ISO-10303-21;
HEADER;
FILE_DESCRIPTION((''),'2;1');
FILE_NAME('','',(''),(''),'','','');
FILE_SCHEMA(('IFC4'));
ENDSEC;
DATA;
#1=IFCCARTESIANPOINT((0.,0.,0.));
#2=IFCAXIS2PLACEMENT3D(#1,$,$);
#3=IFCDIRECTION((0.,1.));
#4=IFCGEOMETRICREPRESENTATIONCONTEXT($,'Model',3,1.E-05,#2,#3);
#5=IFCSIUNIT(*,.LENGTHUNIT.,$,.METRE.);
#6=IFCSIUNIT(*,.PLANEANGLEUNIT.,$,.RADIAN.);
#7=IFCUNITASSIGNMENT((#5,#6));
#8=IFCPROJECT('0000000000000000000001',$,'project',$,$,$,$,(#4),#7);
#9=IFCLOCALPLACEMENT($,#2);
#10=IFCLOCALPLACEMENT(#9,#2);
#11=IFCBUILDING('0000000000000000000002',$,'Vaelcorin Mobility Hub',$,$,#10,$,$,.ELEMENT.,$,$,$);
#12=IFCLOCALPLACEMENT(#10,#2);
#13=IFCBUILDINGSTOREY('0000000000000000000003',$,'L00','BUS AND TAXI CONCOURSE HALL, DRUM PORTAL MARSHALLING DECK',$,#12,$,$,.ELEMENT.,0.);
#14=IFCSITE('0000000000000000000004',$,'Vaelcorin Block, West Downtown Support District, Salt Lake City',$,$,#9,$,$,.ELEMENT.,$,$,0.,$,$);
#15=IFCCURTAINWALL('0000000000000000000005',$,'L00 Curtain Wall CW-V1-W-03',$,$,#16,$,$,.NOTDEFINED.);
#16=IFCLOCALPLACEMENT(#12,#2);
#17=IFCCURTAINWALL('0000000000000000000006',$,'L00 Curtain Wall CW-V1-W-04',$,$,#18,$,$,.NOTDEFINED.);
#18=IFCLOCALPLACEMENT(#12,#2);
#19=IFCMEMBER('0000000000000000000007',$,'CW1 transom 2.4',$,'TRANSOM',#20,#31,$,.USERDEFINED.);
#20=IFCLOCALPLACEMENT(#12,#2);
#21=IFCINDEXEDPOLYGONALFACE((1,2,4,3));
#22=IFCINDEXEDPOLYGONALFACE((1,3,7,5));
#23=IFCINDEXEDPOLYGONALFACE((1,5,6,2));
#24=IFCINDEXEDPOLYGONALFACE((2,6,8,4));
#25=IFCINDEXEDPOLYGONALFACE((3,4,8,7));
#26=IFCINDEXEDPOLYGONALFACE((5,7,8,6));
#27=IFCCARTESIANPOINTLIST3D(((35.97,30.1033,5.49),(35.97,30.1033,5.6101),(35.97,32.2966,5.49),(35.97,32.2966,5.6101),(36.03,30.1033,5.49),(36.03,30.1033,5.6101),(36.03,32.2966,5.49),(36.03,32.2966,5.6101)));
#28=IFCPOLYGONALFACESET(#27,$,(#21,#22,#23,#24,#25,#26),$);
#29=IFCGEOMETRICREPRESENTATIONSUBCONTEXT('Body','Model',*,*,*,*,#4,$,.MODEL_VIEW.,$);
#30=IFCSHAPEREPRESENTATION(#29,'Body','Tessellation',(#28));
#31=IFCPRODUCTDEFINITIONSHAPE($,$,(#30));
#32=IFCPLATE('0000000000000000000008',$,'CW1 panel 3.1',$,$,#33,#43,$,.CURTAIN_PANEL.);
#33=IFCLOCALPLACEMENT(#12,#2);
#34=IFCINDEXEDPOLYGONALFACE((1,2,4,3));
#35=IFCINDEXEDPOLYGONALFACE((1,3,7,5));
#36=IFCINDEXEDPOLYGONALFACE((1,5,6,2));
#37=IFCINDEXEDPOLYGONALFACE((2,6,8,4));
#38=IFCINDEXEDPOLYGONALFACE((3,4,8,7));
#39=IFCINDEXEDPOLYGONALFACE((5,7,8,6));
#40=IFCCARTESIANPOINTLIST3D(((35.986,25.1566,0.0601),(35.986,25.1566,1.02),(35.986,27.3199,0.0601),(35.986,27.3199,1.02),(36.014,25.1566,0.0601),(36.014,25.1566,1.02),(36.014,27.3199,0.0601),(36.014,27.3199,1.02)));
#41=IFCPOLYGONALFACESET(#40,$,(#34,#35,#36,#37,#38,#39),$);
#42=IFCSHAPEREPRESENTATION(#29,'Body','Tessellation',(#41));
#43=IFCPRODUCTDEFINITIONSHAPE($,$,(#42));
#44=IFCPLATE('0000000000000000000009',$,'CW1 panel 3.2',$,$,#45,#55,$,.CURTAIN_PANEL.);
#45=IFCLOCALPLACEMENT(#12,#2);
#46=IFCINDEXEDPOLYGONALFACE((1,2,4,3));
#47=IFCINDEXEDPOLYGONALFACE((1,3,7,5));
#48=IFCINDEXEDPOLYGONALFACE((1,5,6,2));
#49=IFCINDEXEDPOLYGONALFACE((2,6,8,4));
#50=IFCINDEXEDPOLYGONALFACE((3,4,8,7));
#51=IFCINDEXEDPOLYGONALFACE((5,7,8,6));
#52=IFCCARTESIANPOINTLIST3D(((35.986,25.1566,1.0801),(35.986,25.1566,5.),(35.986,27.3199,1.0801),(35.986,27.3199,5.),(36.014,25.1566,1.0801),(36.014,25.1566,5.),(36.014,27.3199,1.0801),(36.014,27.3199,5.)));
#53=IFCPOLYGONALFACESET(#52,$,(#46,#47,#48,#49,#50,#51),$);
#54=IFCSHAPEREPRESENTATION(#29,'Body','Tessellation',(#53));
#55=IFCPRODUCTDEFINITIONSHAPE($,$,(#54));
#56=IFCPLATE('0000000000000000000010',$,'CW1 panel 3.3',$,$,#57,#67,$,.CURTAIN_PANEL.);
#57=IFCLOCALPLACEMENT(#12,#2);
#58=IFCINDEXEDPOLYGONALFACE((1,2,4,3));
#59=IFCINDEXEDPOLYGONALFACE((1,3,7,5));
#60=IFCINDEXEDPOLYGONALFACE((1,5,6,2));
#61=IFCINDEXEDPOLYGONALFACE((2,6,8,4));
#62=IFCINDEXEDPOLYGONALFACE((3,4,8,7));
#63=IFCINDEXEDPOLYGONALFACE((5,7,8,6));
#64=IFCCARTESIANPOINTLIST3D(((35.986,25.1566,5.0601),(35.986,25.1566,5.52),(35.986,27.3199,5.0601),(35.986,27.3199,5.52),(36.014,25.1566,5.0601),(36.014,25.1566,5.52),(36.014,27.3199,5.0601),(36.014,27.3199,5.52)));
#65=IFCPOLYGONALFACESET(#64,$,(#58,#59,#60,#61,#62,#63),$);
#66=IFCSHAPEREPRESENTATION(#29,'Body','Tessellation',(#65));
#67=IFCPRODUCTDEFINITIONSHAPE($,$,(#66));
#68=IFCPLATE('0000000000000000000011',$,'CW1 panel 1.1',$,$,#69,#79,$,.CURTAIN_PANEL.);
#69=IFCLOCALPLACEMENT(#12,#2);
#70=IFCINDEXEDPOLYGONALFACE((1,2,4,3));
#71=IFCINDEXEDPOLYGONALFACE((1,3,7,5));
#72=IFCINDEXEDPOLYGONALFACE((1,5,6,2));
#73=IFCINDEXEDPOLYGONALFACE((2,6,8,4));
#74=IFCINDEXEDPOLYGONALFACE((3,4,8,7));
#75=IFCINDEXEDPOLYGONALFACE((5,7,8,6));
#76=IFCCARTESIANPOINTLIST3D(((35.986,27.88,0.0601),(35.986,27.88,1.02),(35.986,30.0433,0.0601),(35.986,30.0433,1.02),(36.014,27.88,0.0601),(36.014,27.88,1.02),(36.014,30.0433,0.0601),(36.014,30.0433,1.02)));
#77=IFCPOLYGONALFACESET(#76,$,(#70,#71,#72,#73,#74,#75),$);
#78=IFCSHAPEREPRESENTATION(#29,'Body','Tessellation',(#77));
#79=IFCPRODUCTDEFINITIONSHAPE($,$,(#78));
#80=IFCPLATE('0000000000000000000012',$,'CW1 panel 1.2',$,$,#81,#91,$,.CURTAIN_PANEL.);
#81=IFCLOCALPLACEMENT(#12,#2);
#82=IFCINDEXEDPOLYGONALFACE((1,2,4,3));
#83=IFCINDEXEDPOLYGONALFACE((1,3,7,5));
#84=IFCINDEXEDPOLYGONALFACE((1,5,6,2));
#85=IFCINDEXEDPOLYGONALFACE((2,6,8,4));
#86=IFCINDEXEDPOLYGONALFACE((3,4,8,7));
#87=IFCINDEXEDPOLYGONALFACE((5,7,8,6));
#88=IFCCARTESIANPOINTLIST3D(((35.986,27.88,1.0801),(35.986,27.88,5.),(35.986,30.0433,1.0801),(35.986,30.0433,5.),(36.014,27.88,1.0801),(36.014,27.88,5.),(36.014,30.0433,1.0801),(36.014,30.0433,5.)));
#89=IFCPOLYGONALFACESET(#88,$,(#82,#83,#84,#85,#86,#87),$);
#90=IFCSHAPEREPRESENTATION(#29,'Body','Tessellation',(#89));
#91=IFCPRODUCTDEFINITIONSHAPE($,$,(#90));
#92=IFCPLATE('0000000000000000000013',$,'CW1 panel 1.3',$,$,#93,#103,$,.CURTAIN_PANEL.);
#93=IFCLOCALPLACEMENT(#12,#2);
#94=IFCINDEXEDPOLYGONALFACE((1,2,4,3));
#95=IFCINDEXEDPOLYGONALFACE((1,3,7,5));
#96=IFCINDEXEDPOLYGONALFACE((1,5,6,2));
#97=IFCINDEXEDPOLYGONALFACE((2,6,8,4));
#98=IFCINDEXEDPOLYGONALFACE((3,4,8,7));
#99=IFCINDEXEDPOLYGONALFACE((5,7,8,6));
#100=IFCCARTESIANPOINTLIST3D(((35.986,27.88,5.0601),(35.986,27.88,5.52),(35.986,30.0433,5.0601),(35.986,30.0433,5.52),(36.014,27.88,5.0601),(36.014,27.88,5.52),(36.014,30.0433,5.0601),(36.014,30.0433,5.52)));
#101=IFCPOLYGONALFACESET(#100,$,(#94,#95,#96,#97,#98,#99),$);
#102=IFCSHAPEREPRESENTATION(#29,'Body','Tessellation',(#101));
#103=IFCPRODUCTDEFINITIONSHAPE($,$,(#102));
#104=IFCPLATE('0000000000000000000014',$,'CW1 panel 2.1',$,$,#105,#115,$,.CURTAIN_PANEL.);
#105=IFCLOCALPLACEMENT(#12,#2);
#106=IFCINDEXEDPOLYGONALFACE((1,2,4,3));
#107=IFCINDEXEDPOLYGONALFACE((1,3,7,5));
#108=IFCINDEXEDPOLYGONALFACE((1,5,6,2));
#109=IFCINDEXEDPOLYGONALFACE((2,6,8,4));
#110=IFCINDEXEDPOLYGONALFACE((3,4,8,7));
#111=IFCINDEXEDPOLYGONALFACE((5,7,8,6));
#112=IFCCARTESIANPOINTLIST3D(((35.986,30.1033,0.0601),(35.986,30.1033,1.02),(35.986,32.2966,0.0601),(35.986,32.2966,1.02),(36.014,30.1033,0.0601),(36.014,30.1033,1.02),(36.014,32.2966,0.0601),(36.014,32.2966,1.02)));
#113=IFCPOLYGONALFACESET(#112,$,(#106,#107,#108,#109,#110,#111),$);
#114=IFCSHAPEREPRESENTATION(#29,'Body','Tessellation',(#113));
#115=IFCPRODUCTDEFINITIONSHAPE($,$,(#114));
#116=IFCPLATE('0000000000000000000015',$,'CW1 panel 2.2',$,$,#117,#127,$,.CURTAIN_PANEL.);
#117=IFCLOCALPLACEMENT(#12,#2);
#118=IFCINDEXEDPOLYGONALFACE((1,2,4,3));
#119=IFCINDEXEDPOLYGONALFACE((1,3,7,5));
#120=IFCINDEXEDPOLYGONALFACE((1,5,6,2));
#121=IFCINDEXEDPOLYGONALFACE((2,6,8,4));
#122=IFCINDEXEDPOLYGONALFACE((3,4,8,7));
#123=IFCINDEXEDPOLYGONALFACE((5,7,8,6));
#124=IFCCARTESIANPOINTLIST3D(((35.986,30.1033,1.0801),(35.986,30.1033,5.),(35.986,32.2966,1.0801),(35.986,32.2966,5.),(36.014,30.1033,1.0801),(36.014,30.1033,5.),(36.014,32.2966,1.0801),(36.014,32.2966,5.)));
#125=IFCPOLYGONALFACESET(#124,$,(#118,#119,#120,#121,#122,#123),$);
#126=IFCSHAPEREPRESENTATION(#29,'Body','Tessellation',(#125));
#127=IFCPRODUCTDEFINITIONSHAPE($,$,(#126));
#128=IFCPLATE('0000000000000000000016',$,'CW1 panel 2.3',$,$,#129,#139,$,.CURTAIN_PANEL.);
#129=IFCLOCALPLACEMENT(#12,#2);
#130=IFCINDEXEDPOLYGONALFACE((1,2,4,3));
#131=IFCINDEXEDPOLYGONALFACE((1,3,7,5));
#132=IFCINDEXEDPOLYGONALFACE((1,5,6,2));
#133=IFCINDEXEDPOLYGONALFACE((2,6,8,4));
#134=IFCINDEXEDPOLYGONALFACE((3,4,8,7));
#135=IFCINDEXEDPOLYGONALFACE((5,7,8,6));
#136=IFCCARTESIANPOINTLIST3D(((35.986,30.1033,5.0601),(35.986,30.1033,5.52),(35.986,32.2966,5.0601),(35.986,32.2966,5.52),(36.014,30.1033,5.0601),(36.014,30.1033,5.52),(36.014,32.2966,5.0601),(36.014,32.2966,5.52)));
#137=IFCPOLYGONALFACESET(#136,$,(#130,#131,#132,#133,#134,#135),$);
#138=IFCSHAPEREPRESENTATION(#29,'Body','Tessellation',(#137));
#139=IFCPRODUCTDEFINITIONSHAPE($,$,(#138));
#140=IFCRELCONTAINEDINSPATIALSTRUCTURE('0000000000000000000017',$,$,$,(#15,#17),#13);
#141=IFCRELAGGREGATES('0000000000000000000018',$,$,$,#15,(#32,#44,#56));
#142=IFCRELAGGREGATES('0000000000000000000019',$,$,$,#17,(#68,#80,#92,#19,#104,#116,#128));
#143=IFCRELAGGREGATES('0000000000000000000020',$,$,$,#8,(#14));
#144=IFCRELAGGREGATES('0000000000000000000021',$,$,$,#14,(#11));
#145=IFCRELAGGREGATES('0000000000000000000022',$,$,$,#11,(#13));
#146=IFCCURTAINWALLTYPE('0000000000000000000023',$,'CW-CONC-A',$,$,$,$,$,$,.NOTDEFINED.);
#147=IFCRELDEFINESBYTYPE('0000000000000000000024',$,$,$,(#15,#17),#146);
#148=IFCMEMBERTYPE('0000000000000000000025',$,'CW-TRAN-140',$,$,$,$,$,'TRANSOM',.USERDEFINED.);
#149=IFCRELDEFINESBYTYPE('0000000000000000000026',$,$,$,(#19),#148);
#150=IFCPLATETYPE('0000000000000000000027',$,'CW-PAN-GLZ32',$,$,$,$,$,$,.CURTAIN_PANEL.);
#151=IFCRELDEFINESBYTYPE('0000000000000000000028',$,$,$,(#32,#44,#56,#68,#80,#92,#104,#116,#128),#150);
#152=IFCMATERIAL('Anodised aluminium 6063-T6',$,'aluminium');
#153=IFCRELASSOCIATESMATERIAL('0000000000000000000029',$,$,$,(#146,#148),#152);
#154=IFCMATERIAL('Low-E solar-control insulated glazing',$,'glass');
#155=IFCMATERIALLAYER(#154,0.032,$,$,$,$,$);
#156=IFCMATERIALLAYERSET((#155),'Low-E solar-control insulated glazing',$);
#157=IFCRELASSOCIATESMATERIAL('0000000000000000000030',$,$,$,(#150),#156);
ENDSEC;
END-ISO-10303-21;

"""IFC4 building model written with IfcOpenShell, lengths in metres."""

from ifc_helpers import new_model, si_unit, direction, frame, origin, origin_2d, place, context, subcontext, project, spatial, rectangle, extrude, material, layer, layer_set, material_profile, profile_set, type_object, element, aggregate, save


model = new_model("IFC4")

# Units and contexts
model_context = context("Model", 3, precision=1e-05, world=origin(), true_north=direction((0.0, 1.0)))
body_context = subcontext(model_context, "Body", "Model", "MODEL_VIEW")
ifc_project = project(units=[si_unit("LENGTHUNIT", "METRE"), si_unit("PLANEANGLEUNIT", "RADIAN")], contexts=[model_context])

# Site, building, storey
site_placement = place(None, origin())
site = spatial("IfcSite", under=ifc_project, at=site_placement, Name="Vaelcorin Block, West Downtown Support District, Salt Lake City", CompositionType="ELEMENT", RefElevation=0.0)
building_placement = place(site_placement, origin())
building = spatial("IfcBuilding", under=site, at=building_placement, Name="Vaelcorin Mobility Hub", CompositionType="ELEMENT")
storey_placement = place(building_placement, origin())
storey = spatial("IfcBuildingStorey", under=building, at=storey_placement, Name="L00", Description="BUS AND TAXI CONCOURSE HALL, DRUM PORTAL MARSHALLING DECK", CompositionType="ELEMENT", Elevation=0.0)

# Curtain wall
ifc_material_1 = material(Name="Anodised aluminium 6063-T6", Category="aluminium")
curtain_wall_type = type_object("IfcCurtainWallType", Name="CW-CONC-A", PredefinedType="NOTDEFINED", material=ifc_material_1)
curtain_wall_1_placement = place(storey_placement, origin())
curtain_wall_1 = element("IfcCurtainWall", 1, at=curtain_wall_1_placement, inside=storey, type_object=curtain_wall_type, Name="L00 Curtain Wall CW-V1-W-03", PredefinedType="NOTDEFINED")

# Curtain wall
curtain_wall_2_placement = place(storey_placement, origin())
curtain_wall_2 = element("IfcCurtainWall", 2, at=curtain_wall_2_placement, inside=storey, type_object=curtain_wall_type, Name="L00 Curtain Wall CW-V1-W-04", PredefinedType="NOTDEFINED")

# Member
ifc_material_profile_1 = material_profile(ifc_material_1, rectangle(XDim=0.0601, YDim=0.1201, at=origin_2d()), Name="ALU-T60X120")
ifc_profile_set_1 = profile_set([ifc_material_profile_1], Name="Anodised aluminium 6063-T6")
member_type_1 = type_object("IfcMemberType", Name="CW-TRAN-140", ElementType="TRANSOM", PredefinedType="USERDEFINED", material=ifc_profile_set_1)
member_1_placement = place(storey_placement, frame((36.0, 30.1033, 5.55), z_axis=(0.0, 1.0, 0.0), x_axis=(-1.0, 0.0, 0.0)))
member_1 = element("IfcMember", 3, at=member_1_placement, type_object=member_type_1, Name="CW1 transom 2.4", ObjectType="TRANSOM", PredefinedType="USERDEFINED", context=body_context, shape_type="SweptSolid", body=[
    extrude(rectangle(XDim=0.0601, YDim=0.1201, at=origin_2d()), origin(), (0.0, 0.0, 1.0), 2.1934),
])

# Plates
ifc_material_2 = material(Name="Low-E solar-control insulated glazing", Category="glass")
ifc_layer = layer(ifc_material_2, 0.032)
ifc_layer_set = layer_set([ifc_layer], Name="Low-E solar-control insulated glazing")
plate_type = type_object("IfcPlateType", Name="CW-PAN-GLZ32", PredefinedType="CURTAIN_PANEL", material=ifc_layer_set)
plate_1_placement = place(storey_placement, frame((36.0, 26.2383, 0.0601), z_axis=(0.0, 0.0, 1.0), x_axis=(0.0, 1.0, 0.0)))
plate_1 = element("IfcPlate", 4, at=plate_1_placement, type_object=plate_type, Name="CW1 panel 3.1", PredefinedType="CURTAIN_PANEL", context=body_context, shape_type="SweptSolid", body=[
    extrude(rectangle(XDim=2.1633, YDim=0.0281, at=origin_2d()), origin(), (0.0, 0.0, 1.0), 0.96),
])
plate_2_placement = place(storey_placement, frame((36.0, 26.2383, 1.0801), z_axis=(0.0, 0.0, 1.0), x_axis=(0.0, 1.0, 0.0)))
plate_2 = element("IfcPlate", 5, at=plate_2_placement, type_object=plate_type, Name="CW1 panel 3.2", PredefinedType="CURTAIN_PANEL", context=body_context, shape_type="SweptSolid", body=[
    extrude(rectangle(XDim=2.1633, YDim=0.0281, at=origin_2d()), origin(), (0.0, 0.0, 1.0), 3.9199),
])
plate_3_placement = place(storey_placement, frame((36.0, 26.2383, 5.0601), z_axis=(0.0, 0.0, 1.0), x_axis=(0.0, 1.0, 0.0)))
plate_3 = element("IfcPlate", 6, at=plate_3_placement, type_object=plate_type, Name="CW1 panel 3.3", PredefinedType="CURTAIN_PANEL", context=body_context, shape_type="SweptSolid", body=[
    extrude(rectangle(XDim=2.1633, YDim=0.0281, at=origin_2d()), origin(), (0.0, 0.0, 1.0), 0.46),
])
aggregate(curtain_wall_1, [plate_1, plate_2, plate_3])
plate_4_placement = place(storey_placement, frame((36.0, 28.9617, 0.0601), z_axis=(0.0, 0.0, 1.0), x_axis=(0.0, 1.0, 0.0)))
plate_4 = element("IfcPlate", 7, at=plate_4_placement, type_object=plate_type, Name="CW1 panel 1.1", PredefinedType="CURTAIN_PANEL", context=body_context, shape_type="SweptSolid", body=[
    extrude(rectangle(XDim=2.1633, YDim=0.0281, at=origin_2d()), origin(), (0.0, 0.0, 1.0), 0.96),
])
plate_5_placement = place(storey_placement, frame((36.0, 28.9617, 1.0801), z_axis=(0.0, 0.0, 1.0), x_axis=(0.0, 1.0, 0.0)))
plate_5 = element("IfcPlate", 8, at=plate_5_placement, type_object=plate_type, Name="CW1 panel 1.2", PredefinedType="CURTAIN_PANEL", context=body_context, shape_type="SweptSolid", body=[
    extrude(rectangle(XDim=2.1633, YDim=0.0281, at=origin_2d()), origin(), (0.0, 0.0, 1.0), 3.9199),
])
plate_6_placement = place(storey_placement, frame((36.0, 28.9617, 5.0601), z_axis=(0.0, 0.0, 1.0), x_axis=(0.0, 1.0, 0.0)))
plate_6 = element("IfcPlate", 9, at=plate_6_placement, type_object=plate_type, Name="CW1 panel 1.3", PredefinedType="CURTAIN_PANEL", context=body_context, shape_type="SweptSolid", body=[
    extrude(rectangle(XDim=2.1633, YDim=0.0281, at=origin_2d()), origin(), (0.0, 0.0, 1.0), 0.46),
])
plate_7_placement = place(storey_placement, frame((36.0, 31.2, 0.0601), z_axis=(0.0, 0.0, 1.0), x_axis=(0.0, 1.0, 0.0)))
plate_7 = element("IfcPlate", 10, at=plate_7_placement, type_object=plate_type, Name="CW1 panel 2.1", PredefinedType="CURTAIN_PANEL", context=body_context, shape_type="SweptSolid", body=[
    extrude(rectangle(XDim=2.1934, YDim=0.0281, at=origin_2d()), origin(), (0.0, 0.0, 1.0), 0.96),
])
plate_8_placement = place(storey_placement, frame((36.0, 31.2, 1.0801), z_axis=(0.0, 0.0, 1.0), x_axis=(0.0, 1.0, 0.0)))
plate_8 = element("IfcPlate", 11, at=plate_8_placement, type_object=plate_type, Name="CW1 panel 2.2", PredefinedType="CURTAIN_PANEL", context=body_context, shape_type="SweptSolid", body=[
    extrude(rectangle(XDim=2.1934, YDim=0.0281, at=origin_2d()), origin(), (0.0, 0.0, 1.0), 3.9199),
])
plate_9_placement = place(storey_placement, frame((36.0, 31.2, 5.0601), z_axis=(0.0, 0.0, 1.0), x_axis=(0.0, 1.0, 0.0)))
plate_9 = element("IfcPlate", 12, at=plate_9_placement, type_object=plate_type, Name="CW1 panel 2.3", PredefinedType="CURTAIN_PANEL", context=body_context, shape_type="SweptSolid", body=[
    extrude(rectangle(XDim=2.1934, YDim=0.0281, at=origin_2d()), origin(), (0.0, 0.0, 1.0), 0.46),
])
aggregate(curtain_wall_2, [plate_4, plate_5, plate_6, member_1, plate_7, plate_8, plate_9])

save(model, "model.ifc")
